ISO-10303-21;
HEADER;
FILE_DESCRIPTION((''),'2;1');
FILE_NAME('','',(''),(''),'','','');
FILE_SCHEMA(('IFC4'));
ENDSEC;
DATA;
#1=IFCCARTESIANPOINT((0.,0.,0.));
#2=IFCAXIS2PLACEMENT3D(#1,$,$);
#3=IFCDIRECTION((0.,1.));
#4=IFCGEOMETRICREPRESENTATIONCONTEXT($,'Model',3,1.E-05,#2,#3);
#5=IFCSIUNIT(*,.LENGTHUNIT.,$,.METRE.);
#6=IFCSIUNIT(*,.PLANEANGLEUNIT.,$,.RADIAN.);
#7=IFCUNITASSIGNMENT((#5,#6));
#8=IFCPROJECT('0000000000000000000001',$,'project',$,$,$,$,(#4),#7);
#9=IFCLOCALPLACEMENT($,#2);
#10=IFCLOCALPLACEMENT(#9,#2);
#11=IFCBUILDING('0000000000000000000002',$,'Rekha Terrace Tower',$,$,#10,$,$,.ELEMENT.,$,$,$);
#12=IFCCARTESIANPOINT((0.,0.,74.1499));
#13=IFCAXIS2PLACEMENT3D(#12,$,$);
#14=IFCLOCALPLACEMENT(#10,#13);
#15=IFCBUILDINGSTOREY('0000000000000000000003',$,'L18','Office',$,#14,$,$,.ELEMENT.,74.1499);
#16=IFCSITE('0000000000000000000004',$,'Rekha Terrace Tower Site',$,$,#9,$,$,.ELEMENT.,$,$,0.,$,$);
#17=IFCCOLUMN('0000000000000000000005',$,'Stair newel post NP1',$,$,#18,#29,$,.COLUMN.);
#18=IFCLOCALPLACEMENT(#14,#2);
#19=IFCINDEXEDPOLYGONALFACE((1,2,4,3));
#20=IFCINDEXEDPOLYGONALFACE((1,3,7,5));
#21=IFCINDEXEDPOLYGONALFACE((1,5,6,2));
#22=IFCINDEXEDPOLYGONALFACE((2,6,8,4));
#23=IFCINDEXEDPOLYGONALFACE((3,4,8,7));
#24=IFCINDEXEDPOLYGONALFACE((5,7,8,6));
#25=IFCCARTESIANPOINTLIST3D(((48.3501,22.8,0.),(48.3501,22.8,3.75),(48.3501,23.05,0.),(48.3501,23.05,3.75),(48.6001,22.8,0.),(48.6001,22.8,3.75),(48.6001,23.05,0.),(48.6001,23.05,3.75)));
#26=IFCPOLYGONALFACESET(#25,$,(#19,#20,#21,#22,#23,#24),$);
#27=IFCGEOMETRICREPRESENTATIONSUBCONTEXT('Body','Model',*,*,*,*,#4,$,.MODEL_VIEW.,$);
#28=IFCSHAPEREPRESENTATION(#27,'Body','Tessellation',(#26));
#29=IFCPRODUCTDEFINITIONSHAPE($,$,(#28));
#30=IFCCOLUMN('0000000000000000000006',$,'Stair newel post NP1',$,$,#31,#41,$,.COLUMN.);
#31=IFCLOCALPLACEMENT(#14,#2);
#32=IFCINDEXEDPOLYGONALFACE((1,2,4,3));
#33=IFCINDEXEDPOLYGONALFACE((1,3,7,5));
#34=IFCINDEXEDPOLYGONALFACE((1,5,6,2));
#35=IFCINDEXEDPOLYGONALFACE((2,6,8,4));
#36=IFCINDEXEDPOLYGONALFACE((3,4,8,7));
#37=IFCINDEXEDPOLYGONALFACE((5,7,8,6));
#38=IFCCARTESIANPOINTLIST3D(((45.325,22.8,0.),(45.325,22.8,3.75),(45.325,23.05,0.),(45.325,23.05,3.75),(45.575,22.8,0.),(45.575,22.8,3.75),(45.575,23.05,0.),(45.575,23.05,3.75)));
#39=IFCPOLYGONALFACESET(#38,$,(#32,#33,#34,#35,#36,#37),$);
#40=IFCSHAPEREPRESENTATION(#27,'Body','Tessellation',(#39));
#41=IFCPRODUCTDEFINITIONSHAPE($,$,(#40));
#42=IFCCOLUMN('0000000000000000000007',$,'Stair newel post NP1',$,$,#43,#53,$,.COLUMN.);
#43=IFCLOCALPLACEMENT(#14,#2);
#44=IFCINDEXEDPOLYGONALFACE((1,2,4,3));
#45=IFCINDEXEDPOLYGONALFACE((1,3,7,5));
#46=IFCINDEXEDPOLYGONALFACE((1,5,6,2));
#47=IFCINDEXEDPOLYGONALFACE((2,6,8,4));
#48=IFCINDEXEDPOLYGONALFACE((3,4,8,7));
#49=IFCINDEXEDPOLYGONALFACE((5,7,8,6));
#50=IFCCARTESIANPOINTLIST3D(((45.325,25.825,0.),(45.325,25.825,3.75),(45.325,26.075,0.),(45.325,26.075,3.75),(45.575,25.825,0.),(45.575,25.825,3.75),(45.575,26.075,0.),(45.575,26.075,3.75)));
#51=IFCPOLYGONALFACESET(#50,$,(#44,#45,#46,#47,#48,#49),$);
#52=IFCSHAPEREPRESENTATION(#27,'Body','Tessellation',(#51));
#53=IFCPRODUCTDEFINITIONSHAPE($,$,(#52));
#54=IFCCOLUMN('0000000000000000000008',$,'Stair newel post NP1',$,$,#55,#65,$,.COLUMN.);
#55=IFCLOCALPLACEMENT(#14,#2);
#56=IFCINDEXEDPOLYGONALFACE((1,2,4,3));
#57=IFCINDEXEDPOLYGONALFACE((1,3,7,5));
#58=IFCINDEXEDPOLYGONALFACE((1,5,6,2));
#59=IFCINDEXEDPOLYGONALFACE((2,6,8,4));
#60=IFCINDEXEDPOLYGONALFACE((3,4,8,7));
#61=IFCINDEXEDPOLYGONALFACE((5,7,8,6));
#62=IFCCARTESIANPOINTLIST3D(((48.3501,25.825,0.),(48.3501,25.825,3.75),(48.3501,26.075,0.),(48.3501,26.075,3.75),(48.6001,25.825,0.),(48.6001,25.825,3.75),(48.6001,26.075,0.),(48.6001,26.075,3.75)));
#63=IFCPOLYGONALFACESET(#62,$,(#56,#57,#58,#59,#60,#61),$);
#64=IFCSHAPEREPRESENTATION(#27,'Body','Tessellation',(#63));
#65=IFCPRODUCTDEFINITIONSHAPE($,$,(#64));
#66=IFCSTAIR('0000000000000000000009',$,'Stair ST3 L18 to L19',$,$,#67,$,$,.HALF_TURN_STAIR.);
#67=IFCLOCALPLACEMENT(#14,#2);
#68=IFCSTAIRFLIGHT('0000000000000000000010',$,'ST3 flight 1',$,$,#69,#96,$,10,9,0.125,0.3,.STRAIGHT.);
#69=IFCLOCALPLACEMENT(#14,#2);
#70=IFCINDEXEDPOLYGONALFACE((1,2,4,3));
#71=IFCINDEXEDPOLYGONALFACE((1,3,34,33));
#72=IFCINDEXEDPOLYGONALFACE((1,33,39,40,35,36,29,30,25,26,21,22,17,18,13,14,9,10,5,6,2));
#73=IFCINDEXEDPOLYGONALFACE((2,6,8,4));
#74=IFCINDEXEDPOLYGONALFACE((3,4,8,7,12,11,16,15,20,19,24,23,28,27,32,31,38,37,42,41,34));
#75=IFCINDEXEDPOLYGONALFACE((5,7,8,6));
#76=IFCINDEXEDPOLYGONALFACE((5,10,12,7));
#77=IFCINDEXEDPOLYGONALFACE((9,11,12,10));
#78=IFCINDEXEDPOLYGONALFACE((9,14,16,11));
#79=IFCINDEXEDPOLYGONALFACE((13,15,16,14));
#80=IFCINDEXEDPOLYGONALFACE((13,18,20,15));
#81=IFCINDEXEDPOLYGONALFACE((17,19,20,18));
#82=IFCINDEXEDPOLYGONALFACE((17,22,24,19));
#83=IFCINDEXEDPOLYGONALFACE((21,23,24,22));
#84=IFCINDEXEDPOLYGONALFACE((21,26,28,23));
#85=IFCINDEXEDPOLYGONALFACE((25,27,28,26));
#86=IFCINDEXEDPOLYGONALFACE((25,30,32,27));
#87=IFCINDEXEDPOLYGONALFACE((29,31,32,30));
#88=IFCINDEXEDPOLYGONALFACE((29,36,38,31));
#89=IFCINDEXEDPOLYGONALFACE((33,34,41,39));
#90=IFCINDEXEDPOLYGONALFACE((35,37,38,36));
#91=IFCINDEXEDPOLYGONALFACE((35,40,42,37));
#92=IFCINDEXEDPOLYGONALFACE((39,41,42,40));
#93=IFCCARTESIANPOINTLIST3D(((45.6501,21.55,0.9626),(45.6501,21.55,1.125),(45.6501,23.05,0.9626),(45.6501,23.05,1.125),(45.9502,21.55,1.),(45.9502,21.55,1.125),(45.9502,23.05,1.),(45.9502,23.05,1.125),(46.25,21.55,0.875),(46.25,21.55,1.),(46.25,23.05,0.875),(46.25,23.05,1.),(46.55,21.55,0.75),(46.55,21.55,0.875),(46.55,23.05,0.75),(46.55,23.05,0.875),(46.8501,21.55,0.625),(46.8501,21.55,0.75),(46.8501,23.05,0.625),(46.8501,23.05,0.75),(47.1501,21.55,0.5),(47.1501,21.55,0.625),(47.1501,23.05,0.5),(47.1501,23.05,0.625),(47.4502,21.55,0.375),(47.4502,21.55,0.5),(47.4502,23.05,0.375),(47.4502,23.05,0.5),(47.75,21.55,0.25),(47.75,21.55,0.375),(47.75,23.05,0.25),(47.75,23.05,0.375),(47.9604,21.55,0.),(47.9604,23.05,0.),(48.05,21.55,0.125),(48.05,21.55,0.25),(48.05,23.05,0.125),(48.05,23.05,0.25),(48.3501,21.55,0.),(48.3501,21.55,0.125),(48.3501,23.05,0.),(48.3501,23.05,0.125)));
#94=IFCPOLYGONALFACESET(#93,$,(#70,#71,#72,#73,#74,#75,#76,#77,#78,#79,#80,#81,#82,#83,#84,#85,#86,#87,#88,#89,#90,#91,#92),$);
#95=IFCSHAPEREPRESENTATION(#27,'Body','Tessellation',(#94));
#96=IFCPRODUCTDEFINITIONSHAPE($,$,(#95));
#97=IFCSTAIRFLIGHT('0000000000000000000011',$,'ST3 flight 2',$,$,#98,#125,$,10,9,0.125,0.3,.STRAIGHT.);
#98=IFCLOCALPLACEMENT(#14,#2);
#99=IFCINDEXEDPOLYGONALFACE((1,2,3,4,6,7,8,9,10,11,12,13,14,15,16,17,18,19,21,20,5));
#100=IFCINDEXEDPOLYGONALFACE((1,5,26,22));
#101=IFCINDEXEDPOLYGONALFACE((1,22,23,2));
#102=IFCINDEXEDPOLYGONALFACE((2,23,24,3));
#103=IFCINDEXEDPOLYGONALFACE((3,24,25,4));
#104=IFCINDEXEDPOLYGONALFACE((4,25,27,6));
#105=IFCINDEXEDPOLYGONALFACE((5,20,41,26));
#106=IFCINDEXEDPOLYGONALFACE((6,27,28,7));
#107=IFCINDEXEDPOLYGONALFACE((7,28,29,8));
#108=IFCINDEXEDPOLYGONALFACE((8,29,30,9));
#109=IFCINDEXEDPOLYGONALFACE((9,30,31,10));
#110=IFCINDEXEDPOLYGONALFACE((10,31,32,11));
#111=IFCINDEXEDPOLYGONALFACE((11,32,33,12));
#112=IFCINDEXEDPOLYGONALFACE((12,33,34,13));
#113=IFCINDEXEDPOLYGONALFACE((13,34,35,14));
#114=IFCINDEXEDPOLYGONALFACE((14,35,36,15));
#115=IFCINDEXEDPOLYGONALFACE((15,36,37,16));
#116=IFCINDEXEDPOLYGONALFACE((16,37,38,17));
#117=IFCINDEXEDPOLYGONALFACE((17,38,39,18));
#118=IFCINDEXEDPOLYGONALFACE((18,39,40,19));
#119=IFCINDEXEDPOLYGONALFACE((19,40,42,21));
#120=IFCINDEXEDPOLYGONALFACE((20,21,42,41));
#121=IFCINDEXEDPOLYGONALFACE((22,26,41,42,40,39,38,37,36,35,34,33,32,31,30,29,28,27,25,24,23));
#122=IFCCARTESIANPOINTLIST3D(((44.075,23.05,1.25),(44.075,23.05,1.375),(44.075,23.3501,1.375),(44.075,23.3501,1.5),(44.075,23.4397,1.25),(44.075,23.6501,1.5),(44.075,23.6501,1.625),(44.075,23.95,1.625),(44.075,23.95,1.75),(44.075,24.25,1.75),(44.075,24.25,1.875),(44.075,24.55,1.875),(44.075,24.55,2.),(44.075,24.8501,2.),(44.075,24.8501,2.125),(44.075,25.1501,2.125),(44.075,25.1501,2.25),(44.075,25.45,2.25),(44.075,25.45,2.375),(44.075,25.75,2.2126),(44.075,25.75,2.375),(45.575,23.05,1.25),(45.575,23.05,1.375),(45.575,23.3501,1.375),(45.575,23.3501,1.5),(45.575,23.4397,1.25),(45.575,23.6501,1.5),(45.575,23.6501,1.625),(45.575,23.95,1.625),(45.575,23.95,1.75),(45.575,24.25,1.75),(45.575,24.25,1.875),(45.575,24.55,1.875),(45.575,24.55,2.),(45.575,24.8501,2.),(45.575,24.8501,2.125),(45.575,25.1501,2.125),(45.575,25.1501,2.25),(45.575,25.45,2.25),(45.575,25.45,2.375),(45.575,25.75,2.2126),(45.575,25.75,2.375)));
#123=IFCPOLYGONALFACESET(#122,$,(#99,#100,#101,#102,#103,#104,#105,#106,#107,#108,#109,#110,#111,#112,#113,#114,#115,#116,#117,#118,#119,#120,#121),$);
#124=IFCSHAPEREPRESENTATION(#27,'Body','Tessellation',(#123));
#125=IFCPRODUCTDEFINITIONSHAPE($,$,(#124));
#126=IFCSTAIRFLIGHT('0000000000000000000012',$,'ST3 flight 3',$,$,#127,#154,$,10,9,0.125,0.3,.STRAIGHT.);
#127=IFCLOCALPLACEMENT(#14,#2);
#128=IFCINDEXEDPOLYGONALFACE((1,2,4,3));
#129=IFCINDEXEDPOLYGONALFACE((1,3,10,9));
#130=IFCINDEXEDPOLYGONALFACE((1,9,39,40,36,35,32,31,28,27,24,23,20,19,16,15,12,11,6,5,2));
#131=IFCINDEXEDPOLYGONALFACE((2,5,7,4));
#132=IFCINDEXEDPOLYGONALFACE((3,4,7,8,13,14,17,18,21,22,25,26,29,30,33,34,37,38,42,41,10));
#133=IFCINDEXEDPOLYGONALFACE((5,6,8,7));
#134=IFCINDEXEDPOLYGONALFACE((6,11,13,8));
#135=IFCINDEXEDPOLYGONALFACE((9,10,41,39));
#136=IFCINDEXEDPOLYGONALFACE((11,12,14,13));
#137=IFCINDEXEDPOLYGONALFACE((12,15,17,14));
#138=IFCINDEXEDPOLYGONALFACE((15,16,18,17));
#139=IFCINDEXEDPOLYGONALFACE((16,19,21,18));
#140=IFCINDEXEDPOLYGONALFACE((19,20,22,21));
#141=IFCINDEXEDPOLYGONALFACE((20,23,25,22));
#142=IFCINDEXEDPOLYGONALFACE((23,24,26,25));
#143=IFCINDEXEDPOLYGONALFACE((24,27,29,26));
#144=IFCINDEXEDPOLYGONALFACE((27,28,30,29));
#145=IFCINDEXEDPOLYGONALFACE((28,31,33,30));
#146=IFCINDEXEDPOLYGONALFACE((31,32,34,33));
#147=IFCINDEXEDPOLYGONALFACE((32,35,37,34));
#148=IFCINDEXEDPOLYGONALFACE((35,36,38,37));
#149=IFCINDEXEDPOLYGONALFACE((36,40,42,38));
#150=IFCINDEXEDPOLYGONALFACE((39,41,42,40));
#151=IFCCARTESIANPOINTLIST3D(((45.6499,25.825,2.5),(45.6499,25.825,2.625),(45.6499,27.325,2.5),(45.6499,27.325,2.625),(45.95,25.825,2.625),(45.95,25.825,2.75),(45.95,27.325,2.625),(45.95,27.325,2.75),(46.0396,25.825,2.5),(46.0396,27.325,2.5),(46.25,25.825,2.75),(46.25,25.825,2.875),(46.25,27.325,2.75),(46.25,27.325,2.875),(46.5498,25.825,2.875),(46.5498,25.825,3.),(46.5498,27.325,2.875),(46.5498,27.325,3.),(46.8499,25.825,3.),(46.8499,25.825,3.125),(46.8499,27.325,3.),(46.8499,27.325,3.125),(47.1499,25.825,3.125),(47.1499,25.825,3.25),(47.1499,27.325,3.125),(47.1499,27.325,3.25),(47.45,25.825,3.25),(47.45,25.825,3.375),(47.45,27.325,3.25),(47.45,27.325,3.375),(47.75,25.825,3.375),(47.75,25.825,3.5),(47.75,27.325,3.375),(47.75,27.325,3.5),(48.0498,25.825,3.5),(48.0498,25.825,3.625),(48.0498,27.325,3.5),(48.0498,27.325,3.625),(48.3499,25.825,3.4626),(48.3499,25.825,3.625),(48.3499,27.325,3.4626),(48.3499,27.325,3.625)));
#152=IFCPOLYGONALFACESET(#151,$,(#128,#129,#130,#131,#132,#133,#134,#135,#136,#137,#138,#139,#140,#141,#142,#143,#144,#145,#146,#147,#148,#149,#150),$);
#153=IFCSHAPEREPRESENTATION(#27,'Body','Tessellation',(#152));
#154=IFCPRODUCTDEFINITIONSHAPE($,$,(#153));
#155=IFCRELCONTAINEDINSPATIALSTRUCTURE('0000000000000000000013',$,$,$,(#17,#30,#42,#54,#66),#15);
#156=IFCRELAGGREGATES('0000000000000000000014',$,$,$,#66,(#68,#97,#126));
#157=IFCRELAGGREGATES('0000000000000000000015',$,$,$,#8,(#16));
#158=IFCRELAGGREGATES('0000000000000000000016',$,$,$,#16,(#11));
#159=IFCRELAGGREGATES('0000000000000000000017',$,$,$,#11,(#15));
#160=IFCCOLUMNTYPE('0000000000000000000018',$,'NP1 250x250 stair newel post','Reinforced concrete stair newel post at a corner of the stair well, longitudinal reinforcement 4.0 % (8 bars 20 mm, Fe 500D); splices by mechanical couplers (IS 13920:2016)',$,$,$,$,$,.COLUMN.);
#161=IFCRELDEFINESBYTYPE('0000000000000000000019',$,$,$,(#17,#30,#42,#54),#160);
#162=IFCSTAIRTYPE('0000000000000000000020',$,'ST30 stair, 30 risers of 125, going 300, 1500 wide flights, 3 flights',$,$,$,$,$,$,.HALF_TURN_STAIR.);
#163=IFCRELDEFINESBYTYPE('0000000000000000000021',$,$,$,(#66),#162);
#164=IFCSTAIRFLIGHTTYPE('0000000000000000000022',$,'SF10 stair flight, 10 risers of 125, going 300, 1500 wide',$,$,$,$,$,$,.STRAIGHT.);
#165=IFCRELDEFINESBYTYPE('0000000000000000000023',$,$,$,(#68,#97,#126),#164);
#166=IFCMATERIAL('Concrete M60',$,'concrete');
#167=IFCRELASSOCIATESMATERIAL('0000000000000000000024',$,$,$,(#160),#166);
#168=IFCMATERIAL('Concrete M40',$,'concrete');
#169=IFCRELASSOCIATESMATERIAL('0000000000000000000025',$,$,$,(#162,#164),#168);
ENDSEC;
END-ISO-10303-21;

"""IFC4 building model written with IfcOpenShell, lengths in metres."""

from ifc_helpers import new_model, si_unit, direction, frame, origin, origin_2d, place, context, subcontext, project, spatial, polyline, rectangle, outline, extrude, material, material_profile, profile_set, type_object, element, aggregate, save


model = new_model("IFC4")

# Units and contexts
model_context = context("Model", 3, precision=1e-05, world=origin(), true_north=direction((0.0, 1.0)))
body_context = subcontext(model_context, "Body", "Model", "MODEL_VIEW")
ifc_project = project(units=[si_unit("LENGTHUNIT", "METRE"), si_unit("PLANEANGLEUNIT", "RADIAN")], contexts=[model_context])

# Site, building, storey
site_placement = place(None, origin())
site = spatial("IfcSite", under=ifc_project, at=site_placement, Name="Rekha Terrace Tower Site", CompositionType="ELEMENT", RefElevation=0.0)
building_placement = place(site_placement, origin())
building = spatial("IfcBuilding", under=site, at=building_placement, Name="Rekha Terrace Tower", CompositionType="ELEMENT")
storey_placement = place(building_placement, frame((0.0, 0.0, 74.1499)))
storey = spatial("IfcBuildingStorey", under=building, at=storey_placement, Name="L18", Description="Office", CompositionType="ELEMENT", Elevation=74.1499)

# Columns
ifc_material_1 = material(Name="Concrete M60", Category="concrete")
ifc_material_profile = material_profile(ifc_material_1, rectangle(XDim=0.25, YDim=0.25, at=origin_2d()), Name="RC 250x250")
ifc_profile_set = profile_set([ifc_material_profile], Name="Concrete M60")
column_type = type_object("IfcColumnType", Name="NP1 250x250 stair newel post", Description="Reinforced concrete stair newel post at a corner of the stair well, longitudinal reinforcement 4.0 % (8 bars 20 mm, Fe 500D); splices by mechanical couplers (IS 13920:2016)", PredefinedType="COLUMN", material=ifc_profile_set)
for number, where, z_axis, x_axis, name in (
    (1, (48.4751, 22.925, 0.0), (0.0, 0.0, 1.0), (1.0, 0.0, 0.0), "Stair newel post NP1"),
    (2, (45.45, 22.925, 0.0), (0.0, 0.0, 1.0), (1.0, 0.0, 0.0), "Stair newel post NP1"),
    (3, (45.45, 25.95, 0.0), (0.0, 0.0, 1.0), (1.0, 0.0, 0.0), "Stair newel post NP1"),
    (4, (48.4751, 25.95, 0.0), (0.0, 0.0, 1.0), (1.0, 0.0, 0.0), "Stair newel post NP1"),
):
    element("IfcColumn", number, at=place(storey_placement, frame(where, z_axis=z_axis, x_axis=x_axis)), inside=storey, type_object=column_type, Name=name, PredefinedType="COLUMN", context=body_context, shape_type="SweptSolid", body=[
        extrude(rectangle(XDim=0.25, YDim=0.25, at=origin_2d()), origin(), (0.0, 0.0, 1.0), 3.75),
    ])

# Stair, stair flights
ifc_material_2 = material(Name="Concrete M40", Category="concrete")
stair_type = type_object("IfcStairType", Name="ST30 stair, 30 risers of 125, going 300, 1500 wide flights, 3 flights", PredefinedType="HALF_TURN_STAIR", material=ifc_material_2)
stair_placement = place(storey_placement, origin())
stair = element("IfcStair", 5, at=stair_placement, inside=storey, type_object=stair_type, Name="Stair ST3 L18 to L19", PredefinedType="HALF_TURN_STAIR")
stair_flight_type = type_object("IfcStairFlightType", Name="SF10 stair flight, 10 risers of 125, going 300, 1500 wide", PredefinedType="STRAIGHT", material=ifc_material_2)
stair_flight_1_placement = place(storey_placement, frame((48.3501, 22.3, 0.0), z_axis=(0.0, 0.0, 1.0), x_axis=(-1.0, 0.0, 0.0)))
stair_flight_1 = element("IfcStairFlight", 6, at=stair_flight_1_placement, type_object=stair_flight_type, Name="ST3 flight 1", NumberOfRisers=10, NumberOfTreads=9, PredefinedType="STRAIGHT", RiserHeight=0.125, TreadLength=0.3, context=body_context, shape_type="SweptSolid", body=[
    extrude(outline(polyline([(0.0, 0.0), (0.0, 0.125), (0.3, 0.125), (0.3, 0.25), (0.6001, 0.25), (0.6001, 0.375), (0.8999, 0.375), (0.8999, 0.5), (1.2, 0.5), (1.2, 0.625), (1.5, 0.625), (1.5, 0.75), (1.8, 0.75), (1.8, 0.875), (2.1001, 0.875), (2.1001, 1.0), (2.3999, 1.0), (2.3999, 1.125), (2.7, 1.125), (2.7, 1.25), (2.7, 0.9626), (0.3896, 0.0), (0.0, 0.0)])), frame((0.0, 0.75, 0.0), z_axis=(0.0, -1.0, 0.0), x_axis=(1.0, 0.0, 0.0)), (0.0, 0.0, 1.0), 1.5),
])
stair_flight_2_placement = place(storey_placement, frame((44.825, 23.05, 1.25), z_axis=(0.0, 0.0, 1.0), x_axis=(0.0, 1.0, 0.0)))
stair_flight_2 = element("IfcStairFlight", 7, at=stair_flight_2_placement, type_object=stair_flight_type, Name="ST3 flight 2", NumberOfRisers=10, NumberOfTreads=9, PredefinedType="STRAIGHT", RiserHeight=0.125, TreadLength=0.3, context=body_context, shape_type="SweptSolid", body=[
    extrude(outline(polyline([(0.0, 0.0), (0.0, 0.125), (0.3, 0.125), (0.3, 0.25), (0.6001, 0.25), (0.6001, 0.375), (0.8999, 0.375), (0.8999, 0.5), (1.2, 0.5), (1.2, 0.625), (1.5, 0.625), (1.5, 0.75), (1.8, 0.75), (1.8, 0.875), (2.1001, 0.875), (2.1001, 1.0), (2.3999, 1.0), (2.3999, 1.125), (2.7, 1.125), (2.7, 1.25), (2.7, 0.9626), (0.3896, 0.0), (0.0, 0.0)])), frame((0.0, 0.75, 0.0), z_axis=(0.0, -1.0, 0.0), x_axis=(1.0, 0.0, 0.0)), (0.0, 0.0, 1.0), 1.5),
])
stair_flight_3_placement = place(storey_placement, frame((45.6499, 26.575, 2.5), z_axis=(0.0, 0.0, 1.0), x_axis=(1.0, 0.0, 0.0)))
stair_flight_3 = element("IfcStairFlight", 8, at=stair_flight_3_placement, type_object=stair_flight_type, Name="ST3 flight 3", NumberOfRisers=10, NumberOfTreads=9, PredefinedType="STRAIGHT", RiserHeight=0.125, TreadLength=0.3, context=body_context, shape_type="SweptSolid", body=[
    extrude(outline(polyline([(0.0, 0.0), (0.0, 0.125), (0.3, 0.125), (0.3, 0.25), (0.6001, 0.25), (0.6001, 0.375), (0.8999, 0.375), (0.8999, 0.5), (1.2, 0.5), (1.2, 0.625), (1.5, 0.625), (1.5, 0.75), (1.8, 0.75), (1.8, 0.875), (2.1001, 0.875), (2.1001, 1.0), (2.3999, 1.0), (2.3999, 1.125), (2.7, 1.125), (2.7, 1.25), (2.7, 0.9626), (0.3896, 0.0), (0.0, 0.0)])), frame((0.0, 0.75, 0.0), z_axis=(0.0, -1.0, 0.0), x_axis=(1.0, 0.0, 0.0)), (0.0, 0.0, 1.0), 1.5),
])
aggregate(stair, [stair_flight_1, stair_flight_2, stair_flight_3])

save(model, "model.ifc")
